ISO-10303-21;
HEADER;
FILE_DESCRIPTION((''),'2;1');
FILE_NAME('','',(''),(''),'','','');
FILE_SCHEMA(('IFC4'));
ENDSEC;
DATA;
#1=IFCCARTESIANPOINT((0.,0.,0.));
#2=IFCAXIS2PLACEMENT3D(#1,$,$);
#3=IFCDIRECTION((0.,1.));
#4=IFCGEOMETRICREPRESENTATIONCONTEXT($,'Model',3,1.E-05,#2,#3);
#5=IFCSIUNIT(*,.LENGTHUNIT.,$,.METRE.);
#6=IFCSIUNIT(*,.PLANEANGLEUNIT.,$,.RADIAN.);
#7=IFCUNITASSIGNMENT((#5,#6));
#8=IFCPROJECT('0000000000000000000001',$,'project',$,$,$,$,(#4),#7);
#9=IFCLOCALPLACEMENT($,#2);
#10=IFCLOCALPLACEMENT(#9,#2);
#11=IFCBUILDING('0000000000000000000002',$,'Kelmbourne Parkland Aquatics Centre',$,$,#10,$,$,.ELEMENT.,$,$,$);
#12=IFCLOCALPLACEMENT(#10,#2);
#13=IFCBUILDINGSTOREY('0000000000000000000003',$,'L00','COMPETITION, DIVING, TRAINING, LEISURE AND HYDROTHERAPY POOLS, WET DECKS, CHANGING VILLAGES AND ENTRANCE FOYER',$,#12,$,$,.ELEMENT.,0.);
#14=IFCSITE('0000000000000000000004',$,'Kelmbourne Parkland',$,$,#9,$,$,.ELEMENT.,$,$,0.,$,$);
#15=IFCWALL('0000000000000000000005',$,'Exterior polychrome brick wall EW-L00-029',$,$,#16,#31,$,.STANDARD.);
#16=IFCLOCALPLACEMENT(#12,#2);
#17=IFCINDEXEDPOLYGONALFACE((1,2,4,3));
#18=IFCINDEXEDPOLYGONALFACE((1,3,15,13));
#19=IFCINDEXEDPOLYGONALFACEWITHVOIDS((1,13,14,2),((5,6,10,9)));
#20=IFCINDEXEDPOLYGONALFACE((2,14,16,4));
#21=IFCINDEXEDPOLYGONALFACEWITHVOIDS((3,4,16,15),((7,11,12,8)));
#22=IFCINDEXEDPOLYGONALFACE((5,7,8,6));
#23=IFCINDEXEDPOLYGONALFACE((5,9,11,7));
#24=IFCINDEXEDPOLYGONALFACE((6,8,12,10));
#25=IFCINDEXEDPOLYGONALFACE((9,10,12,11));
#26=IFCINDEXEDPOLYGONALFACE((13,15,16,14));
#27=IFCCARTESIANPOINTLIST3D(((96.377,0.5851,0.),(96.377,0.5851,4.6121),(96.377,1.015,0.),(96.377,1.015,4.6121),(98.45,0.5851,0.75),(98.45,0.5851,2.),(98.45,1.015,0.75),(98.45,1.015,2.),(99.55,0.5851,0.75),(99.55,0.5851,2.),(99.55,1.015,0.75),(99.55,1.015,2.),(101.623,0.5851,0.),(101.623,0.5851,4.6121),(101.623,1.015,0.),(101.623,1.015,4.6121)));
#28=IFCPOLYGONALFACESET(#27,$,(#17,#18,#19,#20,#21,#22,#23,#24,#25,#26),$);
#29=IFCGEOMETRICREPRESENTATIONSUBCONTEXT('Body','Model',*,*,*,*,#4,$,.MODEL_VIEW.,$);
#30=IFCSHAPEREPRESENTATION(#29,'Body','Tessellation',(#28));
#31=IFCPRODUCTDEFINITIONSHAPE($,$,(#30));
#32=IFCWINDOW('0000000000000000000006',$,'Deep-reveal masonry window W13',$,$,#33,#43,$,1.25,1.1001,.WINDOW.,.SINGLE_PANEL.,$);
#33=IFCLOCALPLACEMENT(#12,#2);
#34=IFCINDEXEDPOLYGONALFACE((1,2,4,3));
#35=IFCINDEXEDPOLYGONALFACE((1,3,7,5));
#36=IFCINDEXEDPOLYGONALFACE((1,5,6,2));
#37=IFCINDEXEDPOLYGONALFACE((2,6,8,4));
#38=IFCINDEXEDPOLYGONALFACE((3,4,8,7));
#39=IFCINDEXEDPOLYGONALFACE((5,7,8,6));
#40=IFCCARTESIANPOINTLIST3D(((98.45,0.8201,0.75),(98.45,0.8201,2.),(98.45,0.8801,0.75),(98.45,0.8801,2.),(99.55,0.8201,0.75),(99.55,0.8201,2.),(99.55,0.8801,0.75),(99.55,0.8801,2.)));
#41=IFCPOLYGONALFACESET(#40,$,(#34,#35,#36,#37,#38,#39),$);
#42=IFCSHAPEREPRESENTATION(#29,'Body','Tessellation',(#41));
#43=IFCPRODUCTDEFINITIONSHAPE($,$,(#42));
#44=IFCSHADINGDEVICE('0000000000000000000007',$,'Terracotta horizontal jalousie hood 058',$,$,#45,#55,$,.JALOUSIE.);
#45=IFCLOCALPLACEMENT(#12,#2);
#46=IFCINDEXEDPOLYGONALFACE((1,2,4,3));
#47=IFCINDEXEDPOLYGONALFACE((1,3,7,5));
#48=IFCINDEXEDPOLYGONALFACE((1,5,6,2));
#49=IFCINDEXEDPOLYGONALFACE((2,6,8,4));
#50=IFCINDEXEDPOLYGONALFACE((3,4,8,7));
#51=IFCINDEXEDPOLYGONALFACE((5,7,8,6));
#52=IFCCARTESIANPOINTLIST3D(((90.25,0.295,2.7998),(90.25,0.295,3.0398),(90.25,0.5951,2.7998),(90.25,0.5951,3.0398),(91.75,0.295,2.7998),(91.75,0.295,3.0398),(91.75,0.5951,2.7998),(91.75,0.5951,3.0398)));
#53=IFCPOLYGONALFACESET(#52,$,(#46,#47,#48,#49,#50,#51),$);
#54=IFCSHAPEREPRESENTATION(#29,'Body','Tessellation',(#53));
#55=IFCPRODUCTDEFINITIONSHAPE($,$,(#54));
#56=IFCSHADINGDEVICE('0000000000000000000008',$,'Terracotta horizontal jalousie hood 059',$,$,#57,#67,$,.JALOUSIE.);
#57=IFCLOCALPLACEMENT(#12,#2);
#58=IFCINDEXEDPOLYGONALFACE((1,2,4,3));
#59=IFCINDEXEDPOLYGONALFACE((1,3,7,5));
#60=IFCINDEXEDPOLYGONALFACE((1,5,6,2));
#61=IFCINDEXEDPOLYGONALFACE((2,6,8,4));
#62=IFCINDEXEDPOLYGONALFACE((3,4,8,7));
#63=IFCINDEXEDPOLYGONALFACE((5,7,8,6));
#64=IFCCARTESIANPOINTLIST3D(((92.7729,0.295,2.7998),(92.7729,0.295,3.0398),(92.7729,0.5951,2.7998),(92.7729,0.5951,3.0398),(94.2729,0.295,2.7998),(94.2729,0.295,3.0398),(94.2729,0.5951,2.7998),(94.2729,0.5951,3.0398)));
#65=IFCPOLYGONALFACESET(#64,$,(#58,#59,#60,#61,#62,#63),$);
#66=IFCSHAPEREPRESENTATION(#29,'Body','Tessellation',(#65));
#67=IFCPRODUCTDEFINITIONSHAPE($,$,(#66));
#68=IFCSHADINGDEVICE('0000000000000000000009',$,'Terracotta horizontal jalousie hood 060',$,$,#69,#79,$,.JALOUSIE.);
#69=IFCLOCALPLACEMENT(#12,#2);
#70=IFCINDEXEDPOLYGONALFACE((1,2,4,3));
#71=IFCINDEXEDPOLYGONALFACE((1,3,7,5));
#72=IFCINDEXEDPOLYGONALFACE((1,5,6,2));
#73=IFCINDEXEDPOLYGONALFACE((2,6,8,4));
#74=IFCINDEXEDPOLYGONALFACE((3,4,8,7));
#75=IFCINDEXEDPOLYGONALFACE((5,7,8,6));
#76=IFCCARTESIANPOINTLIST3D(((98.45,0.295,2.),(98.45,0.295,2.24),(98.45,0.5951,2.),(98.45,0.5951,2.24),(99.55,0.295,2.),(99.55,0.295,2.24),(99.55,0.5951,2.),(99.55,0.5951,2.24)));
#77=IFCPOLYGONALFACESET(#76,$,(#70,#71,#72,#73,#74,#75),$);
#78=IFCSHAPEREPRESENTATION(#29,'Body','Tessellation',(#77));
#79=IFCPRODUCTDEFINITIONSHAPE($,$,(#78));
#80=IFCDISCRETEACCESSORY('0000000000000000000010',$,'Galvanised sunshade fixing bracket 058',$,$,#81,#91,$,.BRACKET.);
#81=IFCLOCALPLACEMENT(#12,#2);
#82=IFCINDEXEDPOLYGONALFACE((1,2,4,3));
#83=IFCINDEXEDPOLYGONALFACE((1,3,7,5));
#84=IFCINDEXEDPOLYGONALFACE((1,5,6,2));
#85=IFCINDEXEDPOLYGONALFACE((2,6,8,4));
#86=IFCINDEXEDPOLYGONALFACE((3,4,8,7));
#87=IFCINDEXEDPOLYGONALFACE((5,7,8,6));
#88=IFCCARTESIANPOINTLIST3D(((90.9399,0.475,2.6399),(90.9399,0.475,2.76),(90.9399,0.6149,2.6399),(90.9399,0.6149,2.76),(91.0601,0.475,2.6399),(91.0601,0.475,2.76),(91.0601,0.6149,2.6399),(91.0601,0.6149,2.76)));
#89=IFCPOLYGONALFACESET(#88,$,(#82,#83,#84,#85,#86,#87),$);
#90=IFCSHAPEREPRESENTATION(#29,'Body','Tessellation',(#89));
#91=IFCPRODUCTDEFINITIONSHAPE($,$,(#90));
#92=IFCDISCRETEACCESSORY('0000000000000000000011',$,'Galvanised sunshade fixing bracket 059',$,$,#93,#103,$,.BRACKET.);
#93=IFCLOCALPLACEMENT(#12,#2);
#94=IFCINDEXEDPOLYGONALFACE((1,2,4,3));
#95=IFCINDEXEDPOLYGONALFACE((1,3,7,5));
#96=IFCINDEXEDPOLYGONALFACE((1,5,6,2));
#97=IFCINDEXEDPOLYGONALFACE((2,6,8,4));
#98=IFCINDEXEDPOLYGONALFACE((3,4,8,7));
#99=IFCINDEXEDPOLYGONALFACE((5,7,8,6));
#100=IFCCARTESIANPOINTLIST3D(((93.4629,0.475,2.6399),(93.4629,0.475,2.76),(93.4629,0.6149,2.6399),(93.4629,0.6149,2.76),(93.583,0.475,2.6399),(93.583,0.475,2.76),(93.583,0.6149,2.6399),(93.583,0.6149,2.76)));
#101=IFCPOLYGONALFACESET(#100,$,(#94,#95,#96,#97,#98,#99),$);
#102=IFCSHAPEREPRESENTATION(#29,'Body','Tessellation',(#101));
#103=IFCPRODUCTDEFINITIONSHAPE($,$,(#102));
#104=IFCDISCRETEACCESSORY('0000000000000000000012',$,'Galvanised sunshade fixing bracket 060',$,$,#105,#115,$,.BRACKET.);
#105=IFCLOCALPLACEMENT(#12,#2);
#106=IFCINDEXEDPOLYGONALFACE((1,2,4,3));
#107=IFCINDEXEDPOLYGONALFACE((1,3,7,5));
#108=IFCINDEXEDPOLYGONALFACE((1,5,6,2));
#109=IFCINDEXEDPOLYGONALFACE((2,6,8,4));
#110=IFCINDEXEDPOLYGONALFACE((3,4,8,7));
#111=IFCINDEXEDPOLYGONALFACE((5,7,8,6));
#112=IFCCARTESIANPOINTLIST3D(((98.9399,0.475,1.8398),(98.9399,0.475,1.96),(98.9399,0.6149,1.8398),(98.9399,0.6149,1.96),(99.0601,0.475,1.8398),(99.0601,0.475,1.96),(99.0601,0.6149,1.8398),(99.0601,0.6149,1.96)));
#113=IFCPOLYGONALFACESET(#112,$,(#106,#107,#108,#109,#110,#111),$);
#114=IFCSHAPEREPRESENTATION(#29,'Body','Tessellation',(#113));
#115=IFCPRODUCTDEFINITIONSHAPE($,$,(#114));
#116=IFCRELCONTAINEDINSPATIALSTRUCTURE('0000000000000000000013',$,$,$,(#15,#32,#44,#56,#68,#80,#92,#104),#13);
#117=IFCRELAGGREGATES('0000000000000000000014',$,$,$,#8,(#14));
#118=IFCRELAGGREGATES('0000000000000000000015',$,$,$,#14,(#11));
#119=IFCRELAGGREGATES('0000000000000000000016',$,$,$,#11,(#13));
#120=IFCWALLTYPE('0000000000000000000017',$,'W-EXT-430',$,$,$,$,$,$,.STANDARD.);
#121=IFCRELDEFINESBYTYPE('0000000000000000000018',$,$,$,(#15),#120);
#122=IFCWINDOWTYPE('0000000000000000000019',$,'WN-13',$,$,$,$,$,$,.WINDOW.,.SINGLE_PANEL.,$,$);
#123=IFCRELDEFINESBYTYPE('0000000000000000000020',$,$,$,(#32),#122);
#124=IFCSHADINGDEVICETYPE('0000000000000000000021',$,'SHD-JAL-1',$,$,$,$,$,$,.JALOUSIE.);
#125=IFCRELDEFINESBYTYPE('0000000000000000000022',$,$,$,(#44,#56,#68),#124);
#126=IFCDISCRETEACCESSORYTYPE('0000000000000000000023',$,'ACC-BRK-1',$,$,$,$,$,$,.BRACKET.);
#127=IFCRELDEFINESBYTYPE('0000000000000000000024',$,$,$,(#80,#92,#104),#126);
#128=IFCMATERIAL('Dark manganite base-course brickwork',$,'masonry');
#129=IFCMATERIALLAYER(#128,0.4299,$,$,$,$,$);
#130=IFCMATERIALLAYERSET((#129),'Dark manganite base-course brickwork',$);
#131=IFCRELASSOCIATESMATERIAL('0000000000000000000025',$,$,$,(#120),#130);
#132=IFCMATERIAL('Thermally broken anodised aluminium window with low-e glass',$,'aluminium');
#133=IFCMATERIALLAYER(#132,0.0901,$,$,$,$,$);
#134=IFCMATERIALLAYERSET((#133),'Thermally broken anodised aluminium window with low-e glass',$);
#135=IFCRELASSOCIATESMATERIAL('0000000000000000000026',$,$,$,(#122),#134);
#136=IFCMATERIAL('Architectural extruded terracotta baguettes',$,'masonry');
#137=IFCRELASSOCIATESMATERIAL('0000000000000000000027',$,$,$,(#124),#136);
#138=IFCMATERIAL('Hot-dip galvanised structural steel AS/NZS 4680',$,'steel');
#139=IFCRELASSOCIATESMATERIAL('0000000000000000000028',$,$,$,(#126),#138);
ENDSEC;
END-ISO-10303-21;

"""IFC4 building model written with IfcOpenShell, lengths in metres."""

from ifc_helpers import new_model, si_unit, direction, frame, frame_2d, origin, origin_2d, place, context, subcontext, project, spatial, rectangle, extrude, material, layer, layer_set, type_object, element, fill, save


model = new_model("IFC4")

# Units and contexts
model_context = context("Model", 3, precision=1e-05, world=origin(), true_north=direction((0.0, 1.0)))
body_context = subcontext(model_context, "Body", "Model", "MODEL_VIEW")
ifc_project = project(units=[si_unit("LENGTHUNIT", "METRE"), si_unit("PLANEANGLEUNIT", "RADIAN")], contexts=[model_context])

# Site, building, storey
site_placement = place(None, origin())
site = spatial("IfcSite", under=ifc_project, at=site_placement, Name="Kelmbourne Parkland", CompositionType="ELEMENT", RefElevation=0.0)
building_placement = place(site_placement, origin())
building = spatial("IfcBuilding", under=site, at=building_placement, Name="Kelmbourne Parkland Aquatics Centre", CompositionType="ELEMENT")
storey_placement = place(building_placement, origin())
storey = spatial("IfcBuildingStorey", under=building, at=storey_placement, Name="L00", Description="COMPETITION, DIVING, TRAINING, LEISURE AND HYDROTHERAPY POOLS, WET DECKS, CHANGING VILLAGES AND ENTRANCE FOYER", CompositionType="ELEMENT", Elevation=0.0)

# Wall, opening, window
ifc_material_1 = material(Name="Dark manganite base-course brickwork", Category="masonry")
ifc_layer_1 = layer(ifc_material_1, 0.4299)
ifc_layer_set_1 = layer_set([ifc_layer_1], Name="Dark manganite base-course brickwork")
wall_type = type_object("IfcWallType", Name="W-EXT-430", PredefinedType="STANDARD", material=ifc_layer_set_1)
wall_placement = place(storey_placement, frame((96.377, 0.8, 0.0), z_axis=(0.0, 0.0, 1.0), x_axis=(1.0, 0.0, 0.0)))
wall = element("IfcWall", 1, at=wall_placement, inside=storey, type_object=wall_type, Name="Exterior polychrome brick wall EW-L00-029", PredefinedType="STANDARD", context=body_context, shape_type="SweptSolid", body=[
    extrude(rectangle(XDim=5.2461, YDim=0.4299, at=frame_2d((2.623, 0.0))), origin(), (0.0, 0.0, 1.0), 4.6121),
])
opening_placement = place(wall_placement, frame((2.073, 0.0, 0.75)))
opening = element("IfcOpeningElement", 2, at=opening_placement, cuts=wall, PredefinedType="OPENING", context=body_context, shape_type="SweptSolid", body=[
    extrude(rectangle(XDim=1.1001, YDim=1.25, at=frame_2d((0.55, 0.625))), frame((0.0, 0.2271, 0.0), z_axis=(0.0, -1.0, 0.0), x_axis=(1.0, 0.0, 0.0)), (0.0, 0.0, 1.0), 0.4539),
])
ifc_material_2 = material(Name="Thermally broken anodised aluminium window with low-e glass", Category="aluminium")
ifc_layer_2 = layer(ifc_material_2, 0.0901)
ifc_layer_set_2 = layer_set([ifc_layer_2], Name="Thermally broken anodised aluminium window with low-e glass")
window_type = type_object("IfcWindowType", Name="WN-13", PartitioningType="SINGLE_PANEL", PredefinedType="WINDOW", material=ifc_layer_set_2)
window_placement = place(opening_placement, origin())
window = element("IfcWindow", 3, at=window_placement, inside=storey, type_object=window_type, Name="Deep-reveal masonry window W13", OverallHeight=1.25, OverallWidth=1.1001, PartitioningType="SINGLE_PANEL", PredefinedType="WINDOW", context=body_context, shape_type="SweptSolid", body=[
    extrude(rectangle(XDim=1.1001, YDim=1.25, at=frame_2d((0.55, 0.625))), frame((0.0, 0.0801, 0.0), z_axis=(0.0, -1.0, 0.0), x_axis=(1.0, 0.0, 0.0)), (0.0, 0.0, 1.0), 0.0601),
])
fill(opening, window)

# Shading devices
ifc_material_3 = material(Name="Architectural extruded terracotta baguettes", Category="masonry")
shading_device_type = type_object("IfcShadingDeviceType", Name="SHD-JAL-1", PredefinedType="JALOUSIE", material=ifc_material_3)
for number, where, z_axis, x_axis, name in (
    (4, (91.0, 0.4451, 2.7998), (0.0, 0.0, 1.0), (1.0, 0.0, 0.0), "Terracotta horizontal jalousie hood 058"),
    (5, (93.5229, 0.4451, 2.7998), (0.0, 0.0, 1.0), (1.0, 0.0, 0.0), "Terracotta horizontal jalousie hood 059"),
):
    element("IfcShadingDevice", number, at=place(storey_placement, frame(where, z_axis=z_axis, x_axis=x_axis)), inside=storey, type_object=shading_device_type, Name=name, PredefinedType="JALOUSIE", context=body_context, shape_type="SweptSolid", body=[
        extrude(rectangle(XDim=1.5, YDim=0.3, at=origin_2d()), origin(), (0.0, 0.0, 1.0), 0.24),
    ])
shading_device_placement = place(storey_placement, frame((99.0, 0.4451, 2.0), z_axis=(0.0, 0.0, 1.0), x_axis=(1.0, 0.0, 0.0)))
element("IfcShadingDevice", 6, at=shading_device_placement, inside=storey, type_object=shading_device_type, Name="Terracotta horizontal jalousie hood 060", PredefinedType="JALOUSIE", context=body_context, shape_type="SweptSolid", body=[
    extrude(rectangle(XDim=1.1001, YDim=0.3, at=origin_2d()), origin(), (0.0, 0.0, 1.0), 0.24),
])

# Discrete accessories
ifc_material_4 = material(Name="Hot-dip galvanised structural steel AS/NZS 4680", Category="steel")
discrete_accessory_type = type_object("IfcDiscreteAccessoryType", Name="ACC-BRK-1", PredefinedType="BRACKET", material=ifc_material_4)
for number, where, z_axis, x_axis, name in (
    (7, (91.0, 0.5449, 2.6399), (0.0, 0.0, 1.0), (1.0, 0.0, 0.0), "Galvanised sunshade fixing bracket 058"),
    (8, (93.5229, 0.5449, 2.6399), (0.0, 0.0, 1.0), (1.0, 0.0, 0.0), "Galvanised sunshade fixing bracket 059"),
    (9, (99.0, 0.5449, 1.8398), (0.0, 0.0, 1.0), (1.0, 0.0, 0.0), "Galvanised sunshade fixing bracket 060"),
):
    element("IfcDiscreteAccessory", number, at=place(storey_placement, frame(where, z_axis=z_axis, x_axis=x_axis)), inside=storey, type_object=discrete_accessory_type, Name=name, PredefinedType="BRACKET", context=body_context, shape_type="SweptSolid", body=[
        extrude(rectangle(XDim=0.1201, YDim=0.1399, at=origin_2d()), origin(), (0.0, 0.0, 1.0), 0.1201),
    ])

save(model, "model.ifc")
